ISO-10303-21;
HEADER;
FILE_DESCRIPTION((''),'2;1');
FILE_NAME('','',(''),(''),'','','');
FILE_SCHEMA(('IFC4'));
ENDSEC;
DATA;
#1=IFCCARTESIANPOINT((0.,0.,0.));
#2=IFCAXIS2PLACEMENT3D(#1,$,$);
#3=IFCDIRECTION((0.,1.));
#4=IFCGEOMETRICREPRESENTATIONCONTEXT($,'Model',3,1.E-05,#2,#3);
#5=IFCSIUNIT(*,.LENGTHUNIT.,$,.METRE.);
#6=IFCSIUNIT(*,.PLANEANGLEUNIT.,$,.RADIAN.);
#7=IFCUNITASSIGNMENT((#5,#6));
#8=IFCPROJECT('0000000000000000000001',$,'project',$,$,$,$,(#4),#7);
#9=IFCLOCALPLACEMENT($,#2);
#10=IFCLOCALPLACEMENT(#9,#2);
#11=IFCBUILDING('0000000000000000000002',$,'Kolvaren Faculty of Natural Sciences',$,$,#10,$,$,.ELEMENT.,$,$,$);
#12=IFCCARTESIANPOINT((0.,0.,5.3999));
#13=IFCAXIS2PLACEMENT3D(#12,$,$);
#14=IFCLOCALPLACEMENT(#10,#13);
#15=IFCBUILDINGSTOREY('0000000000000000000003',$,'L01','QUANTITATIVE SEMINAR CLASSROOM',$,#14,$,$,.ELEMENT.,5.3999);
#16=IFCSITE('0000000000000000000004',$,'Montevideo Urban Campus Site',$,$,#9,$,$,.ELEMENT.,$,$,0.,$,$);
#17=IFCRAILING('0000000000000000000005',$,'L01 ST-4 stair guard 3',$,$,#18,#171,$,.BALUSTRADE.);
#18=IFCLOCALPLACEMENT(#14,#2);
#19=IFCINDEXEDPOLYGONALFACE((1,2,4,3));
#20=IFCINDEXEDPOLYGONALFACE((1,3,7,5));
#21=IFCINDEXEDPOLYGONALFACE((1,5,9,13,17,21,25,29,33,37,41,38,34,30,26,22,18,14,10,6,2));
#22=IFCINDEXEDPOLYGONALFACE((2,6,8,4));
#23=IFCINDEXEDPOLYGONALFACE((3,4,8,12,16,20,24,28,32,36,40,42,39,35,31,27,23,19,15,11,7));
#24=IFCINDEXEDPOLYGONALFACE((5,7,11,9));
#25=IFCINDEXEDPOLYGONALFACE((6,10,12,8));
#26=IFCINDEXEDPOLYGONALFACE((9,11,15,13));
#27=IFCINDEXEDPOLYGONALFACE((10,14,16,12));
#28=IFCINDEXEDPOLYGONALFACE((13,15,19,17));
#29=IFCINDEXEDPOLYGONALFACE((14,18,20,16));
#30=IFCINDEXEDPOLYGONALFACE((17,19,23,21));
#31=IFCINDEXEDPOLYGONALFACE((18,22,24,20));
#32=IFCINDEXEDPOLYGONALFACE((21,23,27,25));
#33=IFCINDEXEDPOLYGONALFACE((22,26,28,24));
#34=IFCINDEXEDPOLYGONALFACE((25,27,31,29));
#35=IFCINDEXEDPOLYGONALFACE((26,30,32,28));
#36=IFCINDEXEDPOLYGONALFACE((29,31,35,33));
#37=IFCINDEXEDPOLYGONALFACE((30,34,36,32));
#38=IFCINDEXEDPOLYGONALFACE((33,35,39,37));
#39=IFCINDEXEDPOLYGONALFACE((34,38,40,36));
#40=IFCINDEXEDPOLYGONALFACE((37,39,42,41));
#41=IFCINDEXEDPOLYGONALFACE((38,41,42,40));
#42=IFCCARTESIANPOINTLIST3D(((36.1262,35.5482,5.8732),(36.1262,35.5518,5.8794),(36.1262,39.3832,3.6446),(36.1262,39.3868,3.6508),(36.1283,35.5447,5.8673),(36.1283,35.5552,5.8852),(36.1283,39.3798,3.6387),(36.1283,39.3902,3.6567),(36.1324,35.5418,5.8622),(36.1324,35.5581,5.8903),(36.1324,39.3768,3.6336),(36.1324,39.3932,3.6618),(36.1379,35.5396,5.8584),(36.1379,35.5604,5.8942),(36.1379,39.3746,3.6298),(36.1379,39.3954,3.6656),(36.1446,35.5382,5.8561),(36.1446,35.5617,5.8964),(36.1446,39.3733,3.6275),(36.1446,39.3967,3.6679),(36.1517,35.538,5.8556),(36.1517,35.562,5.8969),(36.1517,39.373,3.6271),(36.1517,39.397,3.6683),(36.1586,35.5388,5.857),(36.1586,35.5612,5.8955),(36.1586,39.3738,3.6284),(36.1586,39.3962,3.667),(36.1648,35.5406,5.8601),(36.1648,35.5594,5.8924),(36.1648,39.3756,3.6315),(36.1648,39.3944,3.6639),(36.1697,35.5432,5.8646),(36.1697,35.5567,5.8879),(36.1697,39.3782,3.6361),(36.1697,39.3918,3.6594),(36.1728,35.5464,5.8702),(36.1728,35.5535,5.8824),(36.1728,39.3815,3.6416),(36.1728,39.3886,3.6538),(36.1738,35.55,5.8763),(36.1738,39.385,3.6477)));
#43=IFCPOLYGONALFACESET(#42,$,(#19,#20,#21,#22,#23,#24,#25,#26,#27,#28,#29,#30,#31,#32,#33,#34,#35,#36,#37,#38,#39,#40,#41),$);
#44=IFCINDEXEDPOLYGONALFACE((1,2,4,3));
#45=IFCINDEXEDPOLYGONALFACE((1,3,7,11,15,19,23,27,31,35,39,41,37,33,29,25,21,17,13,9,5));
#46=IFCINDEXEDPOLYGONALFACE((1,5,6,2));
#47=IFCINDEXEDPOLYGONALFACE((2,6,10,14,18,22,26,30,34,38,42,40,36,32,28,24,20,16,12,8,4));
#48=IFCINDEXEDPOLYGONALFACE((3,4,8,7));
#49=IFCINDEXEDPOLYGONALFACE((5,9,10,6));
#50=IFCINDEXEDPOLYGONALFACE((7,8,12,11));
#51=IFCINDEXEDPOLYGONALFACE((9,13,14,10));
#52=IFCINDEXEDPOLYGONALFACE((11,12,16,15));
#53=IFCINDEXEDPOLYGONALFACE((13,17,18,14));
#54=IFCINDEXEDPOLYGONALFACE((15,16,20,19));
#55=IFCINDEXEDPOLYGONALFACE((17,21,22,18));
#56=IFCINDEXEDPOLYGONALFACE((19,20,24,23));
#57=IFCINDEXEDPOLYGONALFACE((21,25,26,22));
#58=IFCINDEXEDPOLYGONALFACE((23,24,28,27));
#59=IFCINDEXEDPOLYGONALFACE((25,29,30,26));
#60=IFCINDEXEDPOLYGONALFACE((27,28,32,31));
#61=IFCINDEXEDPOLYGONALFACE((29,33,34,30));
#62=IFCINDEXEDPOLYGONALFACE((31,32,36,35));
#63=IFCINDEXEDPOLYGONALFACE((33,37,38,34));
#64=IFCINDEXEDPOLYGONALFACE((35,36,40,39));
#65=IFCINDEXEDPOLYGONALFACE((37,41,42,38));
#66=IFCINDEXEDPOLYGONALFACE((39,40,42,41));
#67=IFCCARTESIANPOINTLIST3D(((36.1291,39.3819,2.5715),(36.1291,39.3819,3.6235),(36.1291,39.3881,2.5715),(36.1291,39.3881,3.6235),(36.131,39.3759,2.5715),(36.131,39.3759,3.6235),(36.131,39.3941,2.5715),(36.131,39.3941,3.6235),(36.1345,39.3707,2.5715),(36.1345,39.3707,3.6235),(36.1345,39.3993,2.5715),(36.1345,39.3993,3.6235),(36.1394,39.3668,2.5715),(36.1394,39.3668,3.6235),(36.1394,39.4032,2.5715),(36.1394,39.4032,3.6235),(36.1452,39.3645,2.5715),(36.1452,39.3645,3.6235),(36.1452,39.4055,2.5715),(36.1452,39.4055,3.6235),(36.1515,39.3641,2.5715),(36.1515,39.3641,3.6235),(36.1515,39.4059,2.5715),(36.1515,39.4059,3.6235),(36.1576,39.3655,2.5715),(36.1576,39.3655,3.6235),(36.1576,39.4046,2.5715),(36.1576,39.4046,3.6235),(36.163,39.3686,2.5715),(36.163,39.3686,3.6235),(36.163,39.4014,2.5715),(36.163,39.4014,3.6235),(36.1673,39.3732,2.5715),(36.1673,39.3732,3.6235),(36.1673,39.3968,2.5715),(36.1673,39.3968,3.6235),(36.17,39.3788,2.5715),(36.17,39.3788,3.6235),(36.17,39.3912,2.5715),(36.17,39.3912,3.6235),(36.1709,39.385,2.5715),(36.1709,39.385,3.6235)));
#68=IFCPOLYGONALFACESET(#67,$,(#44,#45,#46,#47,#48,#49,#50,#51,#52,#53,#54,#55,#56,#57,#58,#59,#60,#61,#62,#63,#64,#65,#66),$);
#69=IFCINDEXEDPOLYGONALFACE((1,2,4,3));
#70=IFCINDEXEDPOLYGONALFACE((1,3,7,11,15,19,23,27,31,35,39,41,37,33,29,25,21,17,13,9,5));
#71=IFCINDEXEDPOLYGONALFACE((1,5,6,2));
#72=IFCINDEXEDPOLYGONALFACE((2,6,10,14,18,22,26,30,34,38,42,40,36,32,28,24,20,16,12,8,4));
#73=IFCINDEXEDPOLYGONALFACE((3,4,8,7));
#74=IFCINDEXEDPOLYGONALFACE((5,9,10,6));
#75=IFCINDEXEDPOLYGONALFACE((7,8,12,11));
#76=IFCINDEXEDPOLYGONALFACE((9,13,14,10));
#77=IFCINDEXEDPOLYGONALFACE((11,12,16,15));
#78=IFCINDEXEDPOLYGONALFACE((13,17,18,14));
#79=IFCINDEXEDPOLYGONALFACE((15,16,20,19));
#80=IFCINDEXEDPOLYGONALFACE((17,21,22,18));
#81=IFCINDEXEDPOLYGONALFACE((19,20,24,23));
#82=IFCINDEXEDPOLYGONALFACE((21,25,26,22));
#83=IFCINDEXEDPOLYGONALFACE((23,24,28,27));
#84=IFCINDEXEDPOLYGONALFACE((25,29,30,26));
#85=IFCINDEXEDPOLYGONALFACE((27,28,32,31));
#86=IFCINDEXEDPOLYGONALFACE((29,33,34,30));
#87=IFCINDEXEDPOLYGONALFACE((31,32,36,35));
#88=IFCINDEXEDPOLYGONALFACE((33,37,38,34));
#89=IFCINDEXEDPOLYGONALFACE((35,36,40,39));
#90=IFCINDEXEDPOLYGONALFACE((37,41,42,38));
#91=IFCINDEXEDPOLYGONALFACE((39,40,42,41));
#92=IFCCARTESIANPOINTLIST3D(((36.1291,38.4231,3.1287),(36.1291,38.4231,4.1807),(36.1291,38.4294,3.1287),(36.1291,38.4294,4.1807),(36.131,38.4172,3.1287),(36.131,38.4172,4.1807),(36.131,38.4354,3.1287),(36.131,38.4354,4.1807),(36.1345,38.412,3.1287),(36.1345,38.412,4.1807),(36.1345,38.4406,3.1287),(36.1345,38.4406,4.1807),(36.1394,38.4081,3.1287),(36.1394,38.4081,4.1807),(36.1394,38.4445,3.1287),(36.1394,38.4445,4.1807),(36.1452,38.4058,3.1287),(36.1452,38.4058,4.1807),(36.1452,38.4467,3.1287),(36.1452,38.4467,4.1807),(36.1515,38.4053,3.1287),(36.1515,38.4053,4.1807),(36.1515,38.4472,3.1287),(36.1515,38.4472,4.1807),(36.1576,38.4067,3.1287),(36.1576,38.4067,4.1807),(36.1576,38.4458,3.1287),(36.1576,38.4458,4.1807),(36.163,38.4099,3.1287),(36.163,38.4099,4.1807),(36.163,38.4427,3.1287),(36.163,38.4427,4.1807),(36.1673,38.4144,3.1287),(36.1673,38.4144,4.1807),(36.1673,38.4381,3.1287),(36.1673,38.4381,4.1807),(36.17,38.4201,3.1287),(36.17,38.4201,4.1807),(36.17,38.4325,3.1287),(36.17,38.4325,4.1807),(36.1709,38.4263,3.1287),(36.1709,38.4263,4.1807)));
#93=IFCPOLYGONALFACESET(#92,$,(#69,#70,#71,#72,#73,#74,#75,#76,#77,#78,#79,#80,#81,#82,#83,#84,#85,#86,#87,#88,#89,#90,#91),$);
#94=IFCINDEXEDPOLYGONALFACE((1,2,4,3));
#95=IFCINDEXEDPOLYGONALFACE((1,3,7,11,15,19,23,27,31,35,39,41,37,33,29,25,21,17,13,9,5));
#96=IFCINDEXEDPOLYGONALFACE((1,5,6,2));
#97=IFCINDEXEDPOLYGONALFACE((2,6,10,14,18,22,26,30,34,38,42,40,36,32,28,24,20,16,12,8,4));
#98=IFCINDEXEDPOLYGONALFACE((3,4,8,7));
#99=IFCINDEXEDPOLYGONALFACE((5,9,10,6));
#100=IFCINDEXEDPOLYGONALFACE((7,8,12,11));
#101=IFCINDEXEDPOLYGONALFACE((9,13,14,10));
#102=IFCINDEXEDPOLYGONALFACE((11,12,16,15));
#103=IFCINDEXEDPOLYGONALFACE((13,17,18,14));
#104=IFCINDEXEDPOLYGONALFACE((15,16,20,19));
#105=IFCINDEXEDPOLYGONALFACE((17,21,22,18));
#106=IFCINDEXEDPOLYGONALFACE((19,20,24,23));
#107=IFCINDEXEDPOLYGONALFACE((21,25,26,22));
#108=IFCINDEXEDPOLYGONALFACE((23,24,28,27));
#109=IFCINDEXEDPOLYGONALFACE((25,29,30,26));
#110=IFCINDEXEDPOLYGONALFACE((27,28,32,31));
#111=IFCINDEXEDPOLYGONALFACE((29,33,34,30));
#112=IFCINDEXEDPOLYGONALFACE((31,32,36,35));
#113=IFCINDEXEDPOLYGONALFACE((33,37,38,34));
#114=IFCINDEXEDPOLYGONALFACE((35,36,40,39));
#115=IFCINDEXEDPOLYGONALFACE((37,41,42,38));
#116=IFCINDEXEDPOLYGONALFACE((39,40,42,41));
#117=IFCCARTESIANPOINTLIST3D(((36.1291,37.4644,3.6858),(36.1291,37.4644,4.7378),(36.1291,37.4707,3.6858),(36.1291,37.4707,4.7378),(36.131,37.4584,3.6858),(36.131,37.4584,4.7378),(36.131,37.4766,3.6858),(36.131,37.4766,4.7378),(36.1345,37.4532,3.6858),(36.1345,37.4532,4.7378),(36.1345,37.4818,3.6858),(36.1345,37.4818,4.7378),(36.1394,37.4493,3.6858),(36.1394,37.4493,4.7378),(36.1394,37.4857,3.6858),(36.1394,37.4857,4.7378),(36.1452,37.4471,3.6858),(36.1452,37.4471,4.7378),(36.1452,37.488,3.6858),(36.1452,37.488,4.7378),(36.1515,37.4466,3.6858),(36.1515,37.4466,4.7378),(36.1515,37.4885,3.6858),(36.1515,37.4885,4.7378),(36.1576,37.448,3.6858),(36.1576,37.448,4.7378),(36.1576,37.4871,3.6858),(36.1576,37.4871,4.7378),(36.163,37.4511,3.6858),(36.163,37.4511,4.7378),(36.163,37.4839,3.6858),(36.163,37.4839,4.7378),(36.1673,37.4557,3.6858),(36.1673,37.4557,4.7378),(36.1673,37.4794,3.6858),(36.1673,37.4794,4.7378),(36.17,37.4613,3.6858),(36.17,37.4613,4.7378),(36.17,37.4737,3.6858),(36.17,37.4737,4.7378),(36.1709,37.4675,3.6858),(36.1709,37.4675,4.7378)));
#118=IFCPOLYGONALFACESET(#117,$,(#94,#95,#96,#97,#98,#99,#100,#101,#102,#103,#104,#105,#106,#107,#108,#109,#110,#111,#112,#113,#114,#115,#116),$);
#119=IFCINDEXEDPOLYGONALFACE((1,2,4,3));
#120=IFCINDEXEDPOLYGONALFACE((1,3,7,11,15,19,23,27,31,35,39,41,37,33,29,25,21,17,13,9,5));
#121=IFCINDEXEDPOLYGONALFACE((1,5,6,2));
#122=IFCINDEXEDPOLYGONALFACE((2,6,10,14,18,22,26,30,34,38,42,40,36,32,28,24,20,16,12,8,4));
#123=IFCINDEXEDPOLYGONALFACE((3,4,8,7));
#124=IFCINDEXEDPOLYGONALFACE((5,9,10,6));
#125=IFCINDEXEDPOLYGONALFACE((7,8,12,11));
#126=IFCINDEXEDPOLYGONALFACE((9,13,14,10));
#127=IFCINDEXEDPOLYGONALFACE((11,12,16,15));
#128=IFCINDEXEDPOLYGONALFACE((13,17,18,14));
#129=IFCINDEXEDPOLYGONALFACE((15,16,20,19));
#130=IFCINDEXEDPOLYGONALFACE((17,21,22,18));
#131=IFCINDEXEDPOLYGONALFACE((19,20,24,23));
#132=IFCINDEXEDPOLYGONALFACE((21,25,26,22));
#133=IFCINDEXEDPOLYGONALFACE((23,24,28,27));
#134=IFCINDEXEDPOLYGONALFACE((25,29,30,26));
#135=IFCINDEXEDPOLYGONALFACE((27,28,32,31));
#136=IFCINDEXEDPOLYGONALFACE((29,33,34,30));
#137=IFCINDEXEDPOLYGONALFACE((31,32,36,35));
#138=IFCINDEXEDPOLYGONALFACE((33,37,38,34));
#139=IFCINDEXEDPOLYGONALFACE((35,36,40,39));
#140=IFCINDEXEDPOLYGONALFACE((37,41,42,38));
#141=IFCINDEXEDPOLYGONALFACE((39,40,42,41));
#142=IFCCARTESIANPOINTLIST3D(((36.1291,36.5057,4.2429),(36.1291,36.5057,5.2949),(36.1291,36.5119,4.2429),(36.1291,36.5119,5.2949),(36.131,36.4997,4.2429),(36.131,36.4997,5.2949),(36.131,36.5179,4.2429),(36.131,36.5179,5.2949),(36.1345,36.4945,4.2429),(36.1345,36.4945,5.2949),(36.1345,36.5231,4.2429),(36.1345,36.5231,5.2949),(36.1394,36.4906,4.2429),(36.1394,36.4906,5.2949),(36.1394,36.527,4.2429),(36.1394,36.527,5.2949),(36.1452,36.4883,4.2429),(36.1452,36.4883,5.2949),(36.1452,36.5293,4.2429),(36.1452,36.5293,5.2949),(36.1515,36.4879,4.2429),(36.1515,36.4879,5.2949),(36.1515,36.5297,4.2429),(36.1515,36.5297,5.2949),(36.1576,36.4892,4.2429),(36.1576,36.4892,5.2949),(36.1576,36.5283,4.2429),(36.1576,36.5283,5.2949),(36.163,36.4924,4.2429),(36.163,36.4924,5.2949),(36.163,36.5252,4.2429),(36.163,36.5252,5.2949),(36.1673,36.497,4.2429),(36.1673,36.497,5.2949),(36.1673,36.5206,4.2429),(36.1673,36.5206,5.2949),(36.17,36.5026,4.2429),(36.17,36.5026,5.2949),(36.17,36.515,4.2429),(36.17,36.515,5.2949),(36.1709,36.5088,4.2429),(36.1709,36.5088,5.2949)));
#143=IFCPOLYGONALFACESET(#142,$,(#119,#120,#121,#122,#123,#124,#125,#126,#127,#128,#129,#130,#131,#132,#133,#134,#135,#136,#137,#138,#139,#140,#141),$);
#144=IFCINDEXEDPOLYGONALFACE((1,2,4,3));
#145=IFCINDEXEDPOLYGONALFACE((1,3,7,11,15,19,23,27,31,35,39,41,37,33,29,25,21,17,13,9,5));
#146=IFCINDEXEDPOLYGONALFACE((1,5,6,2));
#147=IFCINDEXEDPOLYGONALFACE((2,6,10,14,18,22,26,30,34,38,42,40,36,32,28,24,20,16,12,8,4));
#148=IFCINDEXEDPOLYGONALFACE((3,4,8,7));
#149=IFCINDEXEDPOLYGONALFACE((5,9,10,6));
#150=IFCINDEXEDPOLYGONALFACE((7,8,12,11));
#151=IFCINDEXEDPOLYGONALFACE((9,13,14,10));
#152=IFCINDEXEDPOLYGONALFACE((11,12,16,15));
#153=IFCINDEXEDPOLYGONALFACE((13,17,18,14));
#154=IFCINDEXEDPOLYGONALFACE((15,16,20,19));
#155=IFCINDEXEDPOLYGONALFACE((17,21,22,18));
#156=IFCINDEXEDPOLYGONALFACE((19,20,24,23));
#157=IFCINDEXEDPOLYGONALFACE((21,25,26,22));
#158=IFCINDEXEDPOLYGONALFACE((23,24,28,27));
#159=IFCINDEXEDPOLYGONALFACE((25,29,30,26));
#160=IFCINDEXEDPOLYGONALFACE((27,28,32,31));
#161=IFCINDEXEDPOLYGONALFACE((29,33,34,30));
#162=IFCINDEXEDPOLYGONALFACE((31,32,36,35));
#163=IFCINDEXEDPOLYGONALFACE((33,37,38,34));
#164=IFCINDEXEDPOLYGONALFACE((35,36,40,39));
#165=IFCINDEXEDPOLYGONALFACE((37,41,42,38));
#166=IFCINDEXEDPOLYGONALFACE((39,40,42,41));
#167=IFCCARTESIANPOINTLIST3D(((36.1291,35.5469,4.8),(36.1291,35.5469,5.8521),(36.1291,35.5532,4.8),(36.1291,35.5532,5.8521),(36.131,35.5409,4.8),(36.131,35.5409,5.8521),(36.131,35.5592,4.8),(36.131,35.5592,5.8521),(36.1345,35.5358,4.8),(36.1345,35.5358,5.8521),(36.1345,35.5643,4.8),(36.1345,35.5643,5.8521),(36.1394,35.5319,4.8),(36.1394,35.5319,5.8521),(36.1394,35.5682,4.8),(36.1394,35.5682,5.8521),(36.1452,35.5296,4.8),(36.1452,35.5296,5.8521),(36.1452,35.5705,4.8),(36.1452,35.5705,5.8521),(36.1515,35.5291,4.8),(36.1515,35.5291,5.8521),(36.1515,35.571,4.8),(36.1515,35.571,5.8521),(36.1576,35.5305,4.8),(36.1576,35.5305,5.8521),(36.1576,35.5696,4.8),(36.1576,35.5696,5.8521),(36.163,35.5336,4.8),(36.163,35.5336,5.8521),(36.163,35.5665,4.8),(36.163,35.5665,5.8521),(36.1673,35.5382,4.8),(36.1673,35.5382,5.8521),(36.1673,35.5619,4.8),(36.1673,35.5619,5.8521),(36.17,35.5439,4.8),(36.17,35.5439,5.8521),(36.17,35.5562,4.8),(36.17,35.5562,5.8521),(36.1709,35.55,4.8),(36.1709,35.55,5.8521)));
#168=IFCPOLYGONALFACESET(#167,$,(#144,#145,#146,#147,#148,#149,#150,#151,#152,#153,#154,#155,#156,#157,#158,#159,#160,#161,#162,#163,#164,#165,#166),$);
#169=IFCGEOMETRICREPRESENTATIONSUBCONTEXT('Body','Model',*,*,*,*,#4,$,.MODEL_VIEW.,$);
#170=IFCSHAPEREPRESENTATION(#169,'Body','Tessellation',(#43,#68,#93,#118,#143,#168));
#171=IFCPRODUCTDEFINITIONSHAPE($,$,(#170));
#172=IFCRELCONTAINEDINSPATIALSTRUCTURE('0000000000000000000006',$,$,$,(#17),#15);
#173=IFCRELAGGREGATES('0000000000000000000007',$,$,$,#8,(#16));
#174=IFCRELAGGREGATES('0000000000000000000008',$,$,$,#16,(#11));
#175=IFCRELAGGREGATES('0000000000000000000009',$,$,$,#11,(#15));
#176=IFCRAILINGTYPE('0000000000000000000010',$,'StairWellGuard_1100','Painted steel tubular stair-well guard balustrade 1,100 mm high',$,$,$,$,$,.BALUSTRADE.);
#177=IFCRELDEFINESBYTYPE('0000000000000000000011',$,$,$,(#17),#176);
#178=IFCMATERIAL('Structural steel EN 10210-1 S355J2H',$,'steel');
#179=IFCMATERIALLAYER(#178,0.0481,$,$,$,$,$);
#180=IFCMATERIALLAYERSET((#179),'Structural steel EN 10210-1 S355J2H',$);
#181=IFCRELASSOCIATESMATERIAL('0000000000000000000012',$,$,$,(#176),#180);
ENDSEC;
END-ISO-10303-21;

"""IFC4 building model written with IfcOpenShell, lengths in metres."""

from ifc_helpers import new_model, si_unit, direction, frame, origin, origin_2d, place, context, subcontext, project, spatial, circle, extrude, material, layer, layer_set, type_object, element, save


model = new_model("IFC4")

# Units and contexts
model_context = context("Model", 3, precision=1e-05, world=origin(), true_north=direction((0.0, 1.0)))
body_context = subcontext(model_context, "Body", "Model", "MODEL_VIEW")
ifc_project = project(units=[si_unit("LENGTHUNIT", "METRE"), si_unit("PLANEANGLEUNIT", "RADIAN")], contexts=[model_context])

# Site, building, storey
site_placement = place(None, origin())
site = spatial("IfcSite", under=ifc_project, at=site_placement, Name="Montevideo Urban Campus Site", CompositionType="ELEMENT", RefElevation=0.0)
building_placement = place(site_placement, origin())
building = spatial("IfcBuilding", under=site, at=building_placement, Name="Kolvaren Faculty of Natural Sciences", CompositionType="ELEMENT")
storey_placement = place(building_placement, frame((0.0, 0.0, 5.3999)))
storey = spatial("IfcBuildingStorey", under=building, at=storey_placement, Name="L01", Description="QUANTITATIVE SEMINAR CLASSROOM", CompositionType="ELEMENT", Elevation=5.3999)

# Railing
ifc_material_1 = material(Name="Structural steel EN 10210-1 S355J2H", Category="steel")
ifc_layer_1 = layer(ifc_material_1, 0.0481)
ifc_layer_set_1 = layer_set([ifc_layer_1], Name="Structural steel EN 10210-1 S355J2H")
railing_type_1 = type_object("IfcRailingType", Name="StairWellGuard_1100", Description="Painted steel tubular stair-well guard balustrade 1,100 mm high", PredefinedType="BALUSTRADE", material=ifc_layer_set_1)
railing_1_placement = place(storey_placement, frame((36.1499, 39.385, 2.5715)))
element("IfcRailing", 1, at=railing_1_placement, inside=storey, type_object=railing_type_1, Name="L01 ST-4 stair guard 3", PredefinedType="BALUSTRADE", context=body_context, shape_type="SweptSolid", body=[
    extrude(circle(Radius=0.0239, at=origin_2d()), frame((0.0, 0.0, 1.0762), z_axis=(0.0, -0.864616, 0.502433), x_axis=(1.0, 0.0, 0.0)), (0.0, 0.0, 1.0), 4.4355),
    extrude(circle(Radius=0.021, at=origin_2d()), origin(), (0.0, 0.0, 1.0), 1.052),
    extrude(circle(Radius=0.021, at=origin_2d()), frame((0.0, -0.9587, 0.5571)), (0.0, 0.0, 1.0), 1.052),
    extrude(circle(Radius=0.021, at=origin_2d()), frame((0.0, -1.9175, 1.1143)), (0.0, 0.0, 1.0), 1.052),
    extrude(circle(Radius=0.021, at=origin_2d()), frame((0.0, -2.8762, 1.6714)), (0.0, 0.0, 1.0), 1.052),
    extrude(circle(Radius=0.021, at=origin_2d()), frame((0.0, -3.835, 2.2285)), (0.0, 0.0, 1.0), 1.052),
])

save(model, "model.ifc")
